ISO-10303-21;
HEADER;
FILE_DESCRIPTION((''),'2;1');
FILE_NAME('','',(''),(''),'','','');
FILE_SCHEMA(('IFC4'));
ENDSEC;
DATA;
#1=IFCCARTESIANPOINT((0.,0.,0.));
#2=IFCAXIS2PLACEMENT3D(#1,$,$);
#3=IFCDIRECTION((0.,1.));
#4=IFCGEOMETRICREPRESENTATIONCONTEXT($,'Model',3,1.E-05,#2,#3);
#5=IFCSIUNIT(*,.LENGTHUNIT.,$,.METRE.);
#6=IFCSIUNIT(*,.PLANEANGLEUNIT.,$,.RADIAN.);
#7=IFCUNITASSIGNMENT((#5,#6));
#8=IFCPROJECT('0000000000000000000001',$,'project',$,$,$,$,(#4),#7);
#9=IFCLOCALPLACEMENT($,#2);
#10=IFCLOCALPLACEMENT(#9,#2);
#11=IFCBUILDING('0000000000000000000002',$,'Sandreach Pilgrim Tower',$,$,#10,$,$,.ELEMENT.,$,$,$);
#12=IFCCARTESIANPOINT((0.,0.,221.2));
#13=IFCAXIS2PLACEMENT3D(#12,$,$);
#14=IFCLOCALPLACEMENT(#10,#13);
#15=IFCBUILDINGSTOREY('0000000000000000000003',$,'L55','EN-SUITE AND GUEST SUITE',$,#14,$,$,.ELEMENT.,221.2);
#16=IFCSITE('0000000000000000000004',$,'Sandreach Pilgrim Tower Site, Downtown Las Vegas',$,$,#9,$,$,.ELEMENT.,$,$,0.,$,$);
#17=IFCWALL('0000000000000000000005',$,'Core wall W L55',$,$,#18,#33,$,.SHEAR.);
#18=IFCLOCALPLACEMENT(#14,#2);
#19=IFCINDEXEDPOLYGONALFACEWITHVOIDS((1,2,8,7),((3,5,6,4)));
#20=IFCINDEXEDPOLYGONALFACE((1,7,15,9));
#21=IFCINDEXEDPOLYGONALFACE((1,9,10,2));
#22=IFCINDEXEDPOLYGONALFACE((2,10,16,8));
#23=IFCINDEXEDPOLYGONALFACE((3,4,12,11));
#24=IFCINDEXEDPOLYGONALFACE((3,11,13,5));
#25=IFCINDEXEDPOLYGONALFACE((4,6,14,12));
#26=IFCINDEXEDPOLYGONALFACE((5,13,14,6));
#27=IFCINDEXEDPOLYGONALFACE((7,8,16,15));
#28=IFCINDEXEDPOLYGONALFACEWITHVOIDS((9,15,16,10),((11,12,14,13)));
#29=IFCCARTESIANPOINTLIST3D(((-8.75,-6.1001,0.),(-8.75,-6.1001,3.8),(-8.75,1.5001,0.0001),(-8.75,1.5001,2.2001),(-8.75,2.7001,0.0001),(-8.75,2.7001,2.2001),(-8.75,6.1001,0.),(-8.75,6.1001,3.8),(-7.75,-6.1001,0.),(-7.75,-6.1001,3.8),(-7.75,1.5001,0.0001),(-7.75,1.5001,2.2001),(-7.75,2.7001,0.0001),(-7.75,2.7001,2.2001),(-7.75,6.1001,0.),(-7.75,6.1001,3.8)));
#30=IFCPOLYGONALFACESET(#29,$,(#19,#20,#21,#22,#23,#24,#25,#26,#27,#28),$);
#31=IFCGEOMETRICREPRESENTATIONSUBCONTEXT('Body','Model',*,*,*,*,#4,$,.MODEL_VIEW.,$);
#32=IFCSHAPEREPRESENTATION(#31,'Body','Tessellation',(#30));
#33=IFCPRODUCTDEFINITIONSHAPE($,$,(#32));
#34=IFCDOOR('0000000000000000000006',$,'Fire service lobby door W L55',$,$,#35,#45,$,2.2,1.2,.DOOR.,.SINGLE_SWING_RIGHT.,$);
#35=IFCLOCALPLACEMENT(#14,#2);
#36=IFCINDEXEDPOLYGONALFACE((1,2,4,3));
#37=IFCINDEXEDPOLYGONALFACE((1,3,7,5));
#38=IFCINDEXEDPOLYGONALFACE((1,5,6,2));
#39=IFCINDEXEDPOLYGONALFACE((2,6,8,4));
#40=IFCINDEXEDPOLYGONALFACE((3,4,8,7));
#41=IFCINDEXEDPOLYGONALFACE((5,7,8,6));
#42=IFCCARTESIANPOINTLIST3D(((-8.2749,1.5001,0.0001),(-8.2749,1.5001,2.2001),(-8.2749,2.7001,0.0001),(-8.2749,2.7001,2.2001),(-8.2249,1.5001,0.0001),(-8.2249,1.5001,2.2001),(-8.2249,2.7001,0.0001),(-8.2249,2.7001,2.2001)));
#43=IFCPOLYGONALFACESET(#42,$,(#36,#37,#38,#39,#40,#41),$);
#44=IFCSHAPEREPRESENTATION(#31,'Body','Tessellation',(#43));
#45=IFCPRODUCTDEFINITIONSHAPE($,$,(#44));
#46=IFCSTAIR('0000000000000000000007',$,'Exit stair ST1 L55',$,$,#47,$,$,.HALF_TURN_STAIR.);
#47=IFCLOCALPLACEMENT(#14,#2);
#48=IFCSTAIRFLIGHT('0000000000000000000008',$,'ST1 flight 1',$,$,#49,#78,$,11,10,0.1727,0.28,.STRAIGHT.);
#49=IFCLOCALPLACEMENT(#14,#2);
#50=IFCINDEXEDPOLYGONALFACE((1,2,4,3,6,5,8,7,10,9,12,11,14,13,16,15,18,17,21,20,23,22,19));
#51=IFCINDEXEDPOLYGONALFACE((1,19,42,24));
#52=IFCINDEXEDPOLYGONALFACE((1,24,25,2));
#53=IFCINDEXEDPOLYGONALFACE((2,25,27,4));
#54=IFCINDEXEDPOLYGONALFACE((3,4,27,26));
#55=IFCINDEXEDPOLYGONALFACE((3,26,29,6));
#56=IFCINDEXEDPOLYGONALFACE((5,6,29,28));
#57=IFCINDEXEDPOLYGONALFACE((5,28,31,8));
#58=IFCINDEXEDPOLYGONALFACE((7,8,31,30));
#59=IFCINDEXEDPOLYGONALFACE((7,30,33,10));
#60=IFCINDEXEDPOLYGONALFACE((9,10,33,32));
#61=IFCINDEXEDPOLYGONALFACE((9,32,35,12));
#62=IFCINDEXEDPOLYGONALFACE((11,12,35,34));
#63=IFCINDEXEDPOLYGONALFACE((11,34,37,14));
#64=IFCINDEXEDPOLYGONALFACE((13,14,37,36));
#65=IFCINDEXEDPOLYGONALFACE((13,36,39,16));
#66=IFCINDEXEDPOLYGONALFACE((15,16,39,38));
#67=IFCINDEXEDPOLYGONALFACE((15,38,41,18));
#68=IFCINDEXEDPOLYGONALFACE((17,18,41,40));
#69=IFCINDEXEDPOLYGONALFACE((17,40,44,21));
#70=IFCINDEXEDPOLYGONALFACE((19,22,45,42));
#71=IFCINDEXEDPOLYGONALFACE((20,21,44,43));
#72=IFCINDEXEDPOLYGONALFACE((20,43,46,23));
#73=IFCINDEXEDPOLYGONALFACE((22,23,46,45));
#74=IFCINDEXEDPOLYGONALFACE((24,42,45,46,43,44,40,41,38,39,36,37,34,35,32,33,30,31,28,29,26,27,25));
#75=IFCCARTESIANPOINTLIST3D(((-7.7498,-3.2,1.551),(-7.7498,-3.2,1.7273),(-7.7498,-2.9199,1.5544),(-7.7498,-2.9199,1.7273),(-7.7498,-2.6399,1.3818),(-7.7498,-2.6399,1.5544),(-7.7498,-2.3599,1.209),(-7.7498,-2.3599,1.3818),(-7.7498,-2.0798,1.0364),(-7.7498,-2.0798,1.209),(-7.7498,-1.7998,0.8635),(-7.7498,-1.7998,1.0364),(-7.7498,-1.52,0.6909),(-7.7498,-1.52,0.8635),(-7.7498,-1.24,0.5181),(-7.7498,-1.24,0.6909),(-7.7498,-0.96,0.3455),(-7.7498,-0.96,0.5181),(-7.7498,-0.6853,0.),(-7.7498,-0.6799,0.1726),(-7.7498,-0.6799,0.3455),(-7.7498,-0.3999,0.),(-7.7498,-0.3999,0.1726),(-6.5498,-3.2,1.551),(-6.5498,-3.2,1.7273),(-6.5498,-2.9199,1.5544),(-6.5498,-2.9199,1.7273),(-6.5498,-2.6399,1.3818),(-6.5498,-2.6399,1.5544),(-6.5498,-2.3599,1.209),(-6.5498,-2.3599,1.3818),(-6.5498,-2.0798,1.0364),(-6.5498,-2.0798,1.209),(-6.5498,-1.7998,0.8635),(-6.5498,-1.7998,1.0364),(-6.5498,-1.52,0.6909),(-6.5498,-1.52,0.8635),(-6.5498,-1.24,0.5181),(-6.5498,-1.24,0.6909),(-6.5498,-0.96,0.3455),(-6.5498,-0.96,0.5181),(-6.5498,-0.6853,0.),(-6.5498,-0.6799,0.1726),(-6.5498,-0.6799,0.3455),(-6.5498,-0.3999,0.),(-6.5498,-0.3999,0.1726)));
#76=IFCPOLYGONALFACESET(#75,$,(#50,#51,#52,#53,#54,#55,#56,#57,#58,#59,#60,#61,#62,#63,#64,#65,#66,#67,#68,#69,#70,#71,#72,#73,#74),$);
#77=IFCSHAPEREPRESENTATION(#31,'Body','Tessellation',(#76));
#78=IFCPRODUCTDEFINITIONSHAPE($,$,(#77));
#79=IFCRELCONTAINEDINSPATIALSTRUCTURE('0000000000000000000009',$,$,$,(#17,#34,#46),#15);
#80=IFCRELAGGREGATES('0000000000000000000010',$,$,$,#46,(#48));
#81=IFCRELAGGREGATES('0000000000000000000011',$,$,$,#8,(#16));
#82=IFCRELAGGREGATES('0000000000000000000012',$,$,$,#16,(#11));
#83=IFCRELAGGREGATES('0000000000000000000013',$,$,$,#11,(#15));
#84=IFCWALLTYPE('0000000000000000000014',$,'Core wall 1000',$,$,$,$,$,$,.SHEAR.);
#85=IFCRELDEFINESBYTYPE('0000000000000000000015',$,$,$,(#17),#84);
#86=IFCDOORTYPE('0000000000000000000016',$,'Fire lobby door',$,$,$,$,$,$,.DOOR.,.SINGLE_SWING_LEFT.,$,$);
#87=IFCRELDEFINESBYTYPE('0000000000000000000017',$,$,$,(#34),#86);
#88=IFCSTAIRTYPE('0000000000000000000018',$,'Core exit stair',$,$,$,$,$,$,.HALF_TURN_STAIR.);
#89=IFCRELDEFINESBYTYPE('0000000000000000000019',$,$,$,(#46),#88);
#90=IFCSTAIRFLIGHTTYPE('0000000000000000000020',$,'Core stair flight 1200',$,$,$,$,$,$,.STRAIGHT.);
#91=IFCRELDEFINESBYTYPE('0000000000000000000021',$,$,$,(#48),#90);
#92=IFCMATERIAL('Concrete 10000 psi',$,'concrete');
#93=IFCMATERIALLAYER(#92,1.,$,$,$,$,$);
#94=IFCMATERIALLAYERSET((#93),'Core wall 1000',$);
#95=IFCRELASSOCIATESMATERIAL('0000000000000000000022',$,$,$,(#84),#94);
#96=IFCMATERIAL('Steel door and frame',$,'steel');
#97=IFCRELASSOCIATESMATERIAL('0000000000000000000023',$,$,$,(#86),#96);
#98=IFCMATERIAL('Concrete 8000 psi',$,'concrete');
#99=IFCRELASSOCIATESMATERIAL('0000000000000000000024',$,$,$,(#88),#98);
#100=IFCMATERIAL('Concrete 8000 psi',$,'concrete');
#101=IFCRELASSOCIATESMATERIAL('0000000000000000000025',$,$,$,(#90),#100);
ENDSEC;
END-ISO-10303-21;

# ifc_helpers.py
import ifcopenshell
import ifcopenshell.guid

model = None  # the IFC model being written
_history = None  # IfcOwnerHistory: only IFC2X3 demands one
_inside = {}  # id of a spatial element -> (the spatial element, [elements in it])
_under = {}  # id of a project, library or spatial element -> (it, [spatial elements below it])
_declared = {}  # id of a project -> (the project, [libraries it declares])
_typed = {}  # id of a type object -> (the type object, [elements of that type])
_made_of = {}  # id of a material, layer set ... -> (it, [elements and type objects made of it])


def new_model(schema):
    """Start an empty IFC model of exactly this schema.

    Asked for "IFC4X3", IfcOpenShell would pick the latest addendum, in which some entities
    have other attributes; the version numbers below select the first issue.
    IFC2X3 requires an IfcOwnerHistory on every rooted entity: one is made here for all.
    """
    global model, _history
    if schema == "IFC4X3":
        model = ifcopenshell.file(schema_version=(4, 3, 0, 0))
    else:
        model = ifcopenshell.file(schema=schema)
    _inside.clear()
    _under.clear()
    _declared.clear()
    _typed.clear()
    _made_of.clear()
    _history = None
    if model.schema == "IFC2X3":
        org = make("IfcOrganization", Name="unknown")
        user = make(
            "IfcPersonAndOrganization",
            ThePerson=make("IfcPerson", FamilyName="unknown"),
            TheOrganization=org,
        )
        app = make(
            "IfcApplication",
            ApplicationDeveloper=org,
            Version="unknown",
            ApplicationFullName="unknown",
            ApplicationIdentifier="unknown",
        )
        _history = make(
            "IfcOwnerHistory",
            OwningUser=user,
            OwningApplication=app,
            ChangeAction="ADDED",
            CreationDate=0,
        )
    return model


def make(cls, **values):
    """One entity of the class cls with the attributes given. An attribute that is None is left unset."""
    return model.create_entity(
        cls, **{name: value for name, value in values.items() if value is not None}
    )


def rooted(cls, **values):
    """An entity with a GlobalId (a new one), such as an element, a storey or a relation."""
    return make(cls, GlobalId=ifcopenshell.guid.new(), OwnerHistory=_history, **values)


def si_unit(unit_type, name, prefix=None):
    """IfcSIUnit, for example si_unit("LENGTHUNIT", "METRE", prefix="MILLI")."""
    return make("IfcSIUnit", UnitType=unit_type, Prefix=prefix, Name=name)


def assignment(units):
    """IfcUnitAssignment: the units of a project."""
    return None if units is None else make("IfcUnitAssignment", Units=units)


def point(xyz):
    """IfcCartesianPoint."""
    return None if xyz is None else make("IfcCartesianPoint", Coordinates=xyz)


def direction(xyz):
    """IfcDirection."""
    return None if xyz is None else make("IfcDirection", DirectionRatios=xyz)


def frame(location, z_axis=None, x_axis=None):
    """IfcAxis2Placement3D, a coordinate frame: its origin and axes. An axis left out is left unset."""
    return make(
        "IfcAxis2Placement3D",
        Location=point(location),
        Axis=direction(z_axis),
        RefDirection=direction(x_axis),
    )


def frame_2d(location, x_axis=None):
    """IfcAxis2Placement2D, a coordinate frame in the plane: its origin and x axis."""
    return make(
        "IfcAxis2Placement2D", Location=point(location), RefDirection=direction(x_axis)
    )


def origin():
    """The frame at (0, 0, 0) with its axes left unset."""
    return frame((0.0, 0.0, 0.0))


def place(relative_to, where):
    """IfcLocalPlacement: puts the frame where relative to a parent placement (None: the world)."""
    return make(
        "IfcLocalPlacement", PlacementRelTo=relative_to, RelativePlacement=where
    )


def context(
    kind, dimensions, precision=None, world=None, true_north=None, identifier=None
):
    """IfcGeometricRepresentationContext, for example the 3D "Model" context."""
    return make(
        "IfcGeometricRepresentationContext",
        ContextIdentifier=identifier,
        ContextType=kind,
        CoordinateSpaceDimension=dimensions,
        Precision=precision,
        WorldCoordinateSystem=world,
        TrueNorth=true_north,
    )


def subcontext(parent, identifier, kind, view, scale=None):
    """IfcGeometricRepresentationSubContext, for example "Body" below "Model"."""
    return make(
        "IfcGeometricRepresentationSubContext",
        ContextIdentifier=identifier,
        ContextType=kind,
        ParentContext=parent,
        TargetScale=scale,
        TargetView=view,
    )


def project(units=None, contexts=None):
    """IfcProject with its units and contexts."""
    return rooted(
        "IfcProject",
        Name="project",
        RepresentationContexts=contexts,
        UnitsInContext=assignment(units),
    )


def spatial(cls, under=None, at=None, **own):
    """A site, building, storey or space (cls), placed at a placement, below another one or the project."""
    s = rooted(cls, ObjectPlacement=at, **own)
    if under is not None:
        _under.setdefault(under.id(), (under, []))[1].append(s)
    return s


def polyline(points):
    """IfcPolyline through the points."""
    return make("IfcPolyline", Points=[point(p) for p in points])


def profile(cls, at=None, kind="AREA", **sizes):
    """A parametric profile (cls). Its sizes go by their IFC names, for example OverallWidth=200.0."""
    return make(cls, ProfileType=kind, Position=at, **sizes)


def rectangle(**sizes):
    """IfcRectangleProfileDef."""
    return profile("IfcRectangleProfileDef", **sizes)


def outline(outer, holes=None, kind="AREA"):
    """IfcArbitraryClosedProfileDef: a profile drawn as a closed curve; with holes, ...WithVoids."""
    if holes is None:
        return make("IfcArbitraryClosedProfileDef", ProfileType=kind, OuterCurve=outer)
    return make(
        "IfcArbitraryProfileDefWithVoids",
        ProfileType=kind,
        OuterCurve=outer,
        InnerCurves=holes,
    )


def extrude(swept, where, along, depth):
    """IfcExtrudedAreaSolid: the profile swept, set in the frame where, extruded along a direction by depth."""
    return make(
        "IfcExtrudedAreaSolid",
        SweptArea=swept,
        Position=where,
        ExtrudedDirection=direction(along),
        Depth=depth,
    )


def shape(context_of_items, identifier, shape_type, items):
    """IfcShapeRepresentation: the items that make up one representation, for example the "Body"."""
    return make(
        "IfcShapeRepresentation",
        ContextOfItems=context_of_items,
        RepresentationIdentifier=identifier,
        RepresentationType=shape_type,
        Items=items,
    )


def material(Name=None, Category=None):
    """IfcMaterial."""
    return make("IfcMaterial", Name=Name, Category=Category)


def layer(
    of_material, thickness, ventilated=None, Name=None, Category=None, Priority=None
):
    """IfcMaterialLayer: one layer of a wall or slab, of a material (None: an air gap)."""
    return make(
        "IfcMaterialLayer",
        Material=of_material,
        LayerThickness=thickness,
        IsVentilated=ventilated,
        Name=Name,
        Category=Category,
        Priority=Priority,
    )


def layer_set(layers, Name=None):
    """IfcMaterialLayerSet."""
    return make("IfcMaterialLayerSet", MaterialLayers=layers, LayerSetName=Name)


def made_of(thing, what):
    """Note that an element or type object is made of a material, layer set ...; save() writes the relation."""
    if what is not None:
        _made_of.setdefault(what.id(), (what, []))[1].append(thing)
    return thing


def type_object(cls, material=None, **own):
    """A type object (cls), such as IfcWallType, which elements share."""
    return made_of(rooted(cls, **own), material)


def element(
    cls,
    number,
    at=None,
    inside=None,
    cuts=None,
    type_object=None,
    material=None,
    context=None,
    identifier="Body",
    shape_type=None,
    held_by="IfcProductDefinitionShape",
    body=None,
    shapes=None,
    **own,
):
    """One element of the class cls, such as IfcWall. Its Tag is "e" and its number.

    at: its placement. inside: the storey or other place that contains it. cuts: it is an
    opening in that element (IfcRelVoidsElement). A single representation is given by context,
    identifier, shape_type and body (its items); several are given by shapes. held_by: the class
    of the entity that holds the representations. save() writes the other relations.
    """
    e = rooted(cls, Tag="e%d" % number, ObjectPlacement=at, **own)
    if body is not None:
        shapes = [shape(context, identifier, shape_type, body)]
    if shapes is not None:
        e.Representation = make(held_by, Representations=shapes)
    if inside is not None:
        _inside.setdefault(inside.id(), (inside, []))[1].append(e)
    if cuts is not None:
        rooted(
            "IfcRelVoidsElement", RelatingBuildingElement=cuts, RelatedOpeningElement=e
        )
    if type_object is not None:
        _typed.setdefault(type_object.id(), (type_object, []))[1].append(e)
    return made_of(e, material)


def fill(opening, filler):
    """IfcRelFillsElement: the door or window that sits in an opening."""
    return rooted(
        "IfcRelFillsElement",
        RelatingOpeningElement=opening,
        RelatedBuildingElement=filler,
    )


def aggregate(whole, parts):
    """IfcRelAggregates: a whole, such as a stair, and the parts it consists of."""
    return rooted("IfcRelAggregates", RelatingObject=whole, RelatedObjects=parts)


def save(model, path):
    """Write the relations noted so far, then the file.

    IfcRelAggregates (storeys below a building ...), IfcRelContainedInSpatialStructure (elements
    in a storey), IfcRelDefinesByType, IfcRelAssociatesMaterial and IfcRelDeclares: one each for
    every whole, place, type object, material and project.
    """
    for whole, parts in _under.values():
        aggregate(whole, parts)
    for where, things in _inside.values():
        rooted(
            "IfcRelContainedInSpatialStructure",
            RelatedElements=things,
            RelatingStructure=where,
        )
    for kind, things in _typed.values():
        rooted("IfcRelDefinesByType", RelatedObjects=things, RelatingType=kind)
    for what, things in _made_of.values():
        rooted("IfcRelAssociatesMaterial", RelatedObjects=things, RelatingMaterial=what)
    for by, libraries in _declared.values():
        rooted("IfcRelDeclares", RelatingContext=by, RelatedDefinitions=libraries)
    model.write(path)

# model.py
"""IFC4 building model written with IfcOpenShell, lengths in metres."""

from ifc_helpers import new_model, si_unit, direction, frame, frame_2d, origin, place, context, subcontext, project, spatial, polyline, rectangle, outline, extrude, material, layer, layer_set, type_object, element, fill, aggregate, save


model = new_model("IFC4")

# Units and contexts
model_context = context("Model", 3, precision=1e-05, world=origin(), true_north=direction((0.0, 1.0)))
body_context = subcontext(model_context, "Body", "Model", "MODEL_VIEW")
ifc_project = project(units=[si_unit("LENGTHUNIT", "METRE"), si_unit("PLANEANGLEUNIT", "RADIAN")], contexts=[model_context])

# Site, building, storey
site_placement = place(None, origin())
site = spatial("IfcSite", under=ifc_project, at=site_placement, Name="Sandreach Pilgrim Tower Site, Downtown Las Vegas", CompositionType="ELEMENT", RefElevation=0.0)
building_placement = place(site_placement, origin())
building = spatial("IfcBuilding", under=site, at=building_placement, Name="Sandreach Pilgrim Tower", CompositionType="ELEMENT")
storey_placement = place(building_placement, frame((0.0, 0.0, 221.2)))
storey = spatial("IfcBuildingStorey", under=building, at=storey_placement, Name="L55", Description="EN-SUITE AND GUEST SUITE", CompositionType="ELEMENT", Elevation=221.2)

# Shared definitions
ifc_material_1 = material(Name="Concrete 10000 psi", Category="concrete")
ifc_layer_1 = layer(ifc_material_1, 1.0)
ifc_layer_set_1 = layer_set([ifc_layer_1], Name="Core wall 1000")
wall_type_1 = type_object("IfcWallType", Name="Core wall 1000", PredefinedType="SHEAR", material=ifc_layer_set_1)

# Wall, opening, door
wall_1_placement = place(storey_placement, frame((-8.25, -6.1001, 0.0), z_axis=(0.0, 0.0, 1.0), x_axis=(0.0, 1.0, 0.0)))
wall_1 = element("IfcWall", 1, at=wall_1_placement, inside=storey, type_object=wall_type_1, Name="Core wall W L55", PredefinedType="SHEAR", context=body_context, shape_type="SweptSolid", body=[
    extrude(rectangle(XDim=12.2002, YDim=1.0, at=frame_2d((6.1001, 0.0))), origin(), (0.0, 0.0, 1.0), 3.8),
])
opening_1_placement = place(wall_1_placement, frame((7.6001, 0.0, 0.0)))
opening_1 = element("IfcOpeningElement", 2, at=opening_1_placement, cuts=wall_1, PredefinedType="OPENING", context=body_context, shape_type="SweptSolid", body=[
    extrude(rectangle(XDim=1.2, YDim=2.2, at=frame_2d((0.6001, 1.1001))), frame((0.0, 0.5, 0.0), z_axis=(0.0, -1.0, 0.0), x_axis=(1.0, 0.0, 0.0)), (0.0, 0.0, 1.0), 1.0),
])
ifc_material_2 = material(Name="Steel door and frame", Category="steel")
door_type_1 = type_object("IfcDoorType", Name="Fire lobby door", OperationType="SINGLE_SWING_LEFT", PredefinedType="DOOR", material=ifc_material_2)
door_1_placement = place(opening_1_placement, origin())
door_1 = element("IfcDoor", 3, at=door_1_placement, inside=storey, type_object=door_type_1, Name="Fire service lobby door W L55", OperationType="SINGLE_SWING_RIGHT", OverallHeight=2.2, OverallWidth=1.2, PredefinedType="DOOR", context=body_context, shape_type="SweptSolid", body=[
    extrude(rectangle(XDim=1.2, YDim=2.2, at=frame_2d((0.6001, 1.1001))), frame((0.0, 0.0249, 0.0), z_axis=(0.0, -1.0, 0.0), x_axis=(1.0, 0.0, 0.0)), (0.0, 0.0, 1.0), 0.05),
])
fill(opening_1, door_1)

# Stair, stair flight
ifc_material_3 = material(Name="Concrete 8000 psi", Category="concrete")
stair_type = type_object("IfcStairType", Name="Core exit stair", PredefinedType="HALF_TURN_STAIR", material=ifc_material_3)
stair_placement = place(storey_placement, origin())
stair = element("IfcStair", 4, at=stair_placement, inside=storey, type_object=stair_type, Name="Exit stair ST1 L55", PredefinedType="HALF_TURN_STAIR")
ifc_material_4 = material(Name="Concrete 8000 psi", Category="concrete")
stair_flight_type = type_object("IfcStairFlightType", Name="Core stair flight 1200", PredefinedType="STRAIGHT", material=ifc_material_4)
stair_flight_placement = place(storey_placement, frame((-7.1499, -0.3999, 0.0), z_axis=(0.0, 0.0, 1.0), x_axis=(0.0, -1.0, 0.0)))
stair_flight = element("IfcStairFlight", 5, at=stair_flight_placement, type_object=stair_flight_type, Name="ST1 flight 1", NumberOfRisers=11, NumberOfTreads=10, PredefinedType="STRAIGHT", RiserHeight=0.1727, TreadLength=0.28, context=body_context, shape_type="SweptSolid", body=[
    extrude(outline(polyline([(0.0, 0.0), (0.0, 0.1726), (0.28, 0.1726), (0.28, 0.3455), (0.5601, 0.3455), (0.5601, 0.5181), (0.8401, 0.5181), (0.8401, 0.6909), (1.1201, 0.6909), (1.1201, 0.8635), (1.3999, 0.8635), (1.3999, 1.0364), (1.6799, 1.0364), (1.6799, 1.209), (1.96, 1.209), (1.96, 1.3818), (2.24, 1.3818), (2.24, 1.5544), (2.52, 1.5544), (2.52, 1.7273), (2.8, 1.7273), (2.8, 1.8999), (2.8, 1.551), (0.2854, 0.0), (0.0, 0.0)])), frame((0.0, 0.6001, 0.0), z_axis=(0.0, -1.0, 0.0), x_axis=(1.0, 0.0, 0.0)), (0.0, 0.0, 1.0), 1.2),
])
aggregate(stair, [stair_flight])

save(model, "model.ifc")
